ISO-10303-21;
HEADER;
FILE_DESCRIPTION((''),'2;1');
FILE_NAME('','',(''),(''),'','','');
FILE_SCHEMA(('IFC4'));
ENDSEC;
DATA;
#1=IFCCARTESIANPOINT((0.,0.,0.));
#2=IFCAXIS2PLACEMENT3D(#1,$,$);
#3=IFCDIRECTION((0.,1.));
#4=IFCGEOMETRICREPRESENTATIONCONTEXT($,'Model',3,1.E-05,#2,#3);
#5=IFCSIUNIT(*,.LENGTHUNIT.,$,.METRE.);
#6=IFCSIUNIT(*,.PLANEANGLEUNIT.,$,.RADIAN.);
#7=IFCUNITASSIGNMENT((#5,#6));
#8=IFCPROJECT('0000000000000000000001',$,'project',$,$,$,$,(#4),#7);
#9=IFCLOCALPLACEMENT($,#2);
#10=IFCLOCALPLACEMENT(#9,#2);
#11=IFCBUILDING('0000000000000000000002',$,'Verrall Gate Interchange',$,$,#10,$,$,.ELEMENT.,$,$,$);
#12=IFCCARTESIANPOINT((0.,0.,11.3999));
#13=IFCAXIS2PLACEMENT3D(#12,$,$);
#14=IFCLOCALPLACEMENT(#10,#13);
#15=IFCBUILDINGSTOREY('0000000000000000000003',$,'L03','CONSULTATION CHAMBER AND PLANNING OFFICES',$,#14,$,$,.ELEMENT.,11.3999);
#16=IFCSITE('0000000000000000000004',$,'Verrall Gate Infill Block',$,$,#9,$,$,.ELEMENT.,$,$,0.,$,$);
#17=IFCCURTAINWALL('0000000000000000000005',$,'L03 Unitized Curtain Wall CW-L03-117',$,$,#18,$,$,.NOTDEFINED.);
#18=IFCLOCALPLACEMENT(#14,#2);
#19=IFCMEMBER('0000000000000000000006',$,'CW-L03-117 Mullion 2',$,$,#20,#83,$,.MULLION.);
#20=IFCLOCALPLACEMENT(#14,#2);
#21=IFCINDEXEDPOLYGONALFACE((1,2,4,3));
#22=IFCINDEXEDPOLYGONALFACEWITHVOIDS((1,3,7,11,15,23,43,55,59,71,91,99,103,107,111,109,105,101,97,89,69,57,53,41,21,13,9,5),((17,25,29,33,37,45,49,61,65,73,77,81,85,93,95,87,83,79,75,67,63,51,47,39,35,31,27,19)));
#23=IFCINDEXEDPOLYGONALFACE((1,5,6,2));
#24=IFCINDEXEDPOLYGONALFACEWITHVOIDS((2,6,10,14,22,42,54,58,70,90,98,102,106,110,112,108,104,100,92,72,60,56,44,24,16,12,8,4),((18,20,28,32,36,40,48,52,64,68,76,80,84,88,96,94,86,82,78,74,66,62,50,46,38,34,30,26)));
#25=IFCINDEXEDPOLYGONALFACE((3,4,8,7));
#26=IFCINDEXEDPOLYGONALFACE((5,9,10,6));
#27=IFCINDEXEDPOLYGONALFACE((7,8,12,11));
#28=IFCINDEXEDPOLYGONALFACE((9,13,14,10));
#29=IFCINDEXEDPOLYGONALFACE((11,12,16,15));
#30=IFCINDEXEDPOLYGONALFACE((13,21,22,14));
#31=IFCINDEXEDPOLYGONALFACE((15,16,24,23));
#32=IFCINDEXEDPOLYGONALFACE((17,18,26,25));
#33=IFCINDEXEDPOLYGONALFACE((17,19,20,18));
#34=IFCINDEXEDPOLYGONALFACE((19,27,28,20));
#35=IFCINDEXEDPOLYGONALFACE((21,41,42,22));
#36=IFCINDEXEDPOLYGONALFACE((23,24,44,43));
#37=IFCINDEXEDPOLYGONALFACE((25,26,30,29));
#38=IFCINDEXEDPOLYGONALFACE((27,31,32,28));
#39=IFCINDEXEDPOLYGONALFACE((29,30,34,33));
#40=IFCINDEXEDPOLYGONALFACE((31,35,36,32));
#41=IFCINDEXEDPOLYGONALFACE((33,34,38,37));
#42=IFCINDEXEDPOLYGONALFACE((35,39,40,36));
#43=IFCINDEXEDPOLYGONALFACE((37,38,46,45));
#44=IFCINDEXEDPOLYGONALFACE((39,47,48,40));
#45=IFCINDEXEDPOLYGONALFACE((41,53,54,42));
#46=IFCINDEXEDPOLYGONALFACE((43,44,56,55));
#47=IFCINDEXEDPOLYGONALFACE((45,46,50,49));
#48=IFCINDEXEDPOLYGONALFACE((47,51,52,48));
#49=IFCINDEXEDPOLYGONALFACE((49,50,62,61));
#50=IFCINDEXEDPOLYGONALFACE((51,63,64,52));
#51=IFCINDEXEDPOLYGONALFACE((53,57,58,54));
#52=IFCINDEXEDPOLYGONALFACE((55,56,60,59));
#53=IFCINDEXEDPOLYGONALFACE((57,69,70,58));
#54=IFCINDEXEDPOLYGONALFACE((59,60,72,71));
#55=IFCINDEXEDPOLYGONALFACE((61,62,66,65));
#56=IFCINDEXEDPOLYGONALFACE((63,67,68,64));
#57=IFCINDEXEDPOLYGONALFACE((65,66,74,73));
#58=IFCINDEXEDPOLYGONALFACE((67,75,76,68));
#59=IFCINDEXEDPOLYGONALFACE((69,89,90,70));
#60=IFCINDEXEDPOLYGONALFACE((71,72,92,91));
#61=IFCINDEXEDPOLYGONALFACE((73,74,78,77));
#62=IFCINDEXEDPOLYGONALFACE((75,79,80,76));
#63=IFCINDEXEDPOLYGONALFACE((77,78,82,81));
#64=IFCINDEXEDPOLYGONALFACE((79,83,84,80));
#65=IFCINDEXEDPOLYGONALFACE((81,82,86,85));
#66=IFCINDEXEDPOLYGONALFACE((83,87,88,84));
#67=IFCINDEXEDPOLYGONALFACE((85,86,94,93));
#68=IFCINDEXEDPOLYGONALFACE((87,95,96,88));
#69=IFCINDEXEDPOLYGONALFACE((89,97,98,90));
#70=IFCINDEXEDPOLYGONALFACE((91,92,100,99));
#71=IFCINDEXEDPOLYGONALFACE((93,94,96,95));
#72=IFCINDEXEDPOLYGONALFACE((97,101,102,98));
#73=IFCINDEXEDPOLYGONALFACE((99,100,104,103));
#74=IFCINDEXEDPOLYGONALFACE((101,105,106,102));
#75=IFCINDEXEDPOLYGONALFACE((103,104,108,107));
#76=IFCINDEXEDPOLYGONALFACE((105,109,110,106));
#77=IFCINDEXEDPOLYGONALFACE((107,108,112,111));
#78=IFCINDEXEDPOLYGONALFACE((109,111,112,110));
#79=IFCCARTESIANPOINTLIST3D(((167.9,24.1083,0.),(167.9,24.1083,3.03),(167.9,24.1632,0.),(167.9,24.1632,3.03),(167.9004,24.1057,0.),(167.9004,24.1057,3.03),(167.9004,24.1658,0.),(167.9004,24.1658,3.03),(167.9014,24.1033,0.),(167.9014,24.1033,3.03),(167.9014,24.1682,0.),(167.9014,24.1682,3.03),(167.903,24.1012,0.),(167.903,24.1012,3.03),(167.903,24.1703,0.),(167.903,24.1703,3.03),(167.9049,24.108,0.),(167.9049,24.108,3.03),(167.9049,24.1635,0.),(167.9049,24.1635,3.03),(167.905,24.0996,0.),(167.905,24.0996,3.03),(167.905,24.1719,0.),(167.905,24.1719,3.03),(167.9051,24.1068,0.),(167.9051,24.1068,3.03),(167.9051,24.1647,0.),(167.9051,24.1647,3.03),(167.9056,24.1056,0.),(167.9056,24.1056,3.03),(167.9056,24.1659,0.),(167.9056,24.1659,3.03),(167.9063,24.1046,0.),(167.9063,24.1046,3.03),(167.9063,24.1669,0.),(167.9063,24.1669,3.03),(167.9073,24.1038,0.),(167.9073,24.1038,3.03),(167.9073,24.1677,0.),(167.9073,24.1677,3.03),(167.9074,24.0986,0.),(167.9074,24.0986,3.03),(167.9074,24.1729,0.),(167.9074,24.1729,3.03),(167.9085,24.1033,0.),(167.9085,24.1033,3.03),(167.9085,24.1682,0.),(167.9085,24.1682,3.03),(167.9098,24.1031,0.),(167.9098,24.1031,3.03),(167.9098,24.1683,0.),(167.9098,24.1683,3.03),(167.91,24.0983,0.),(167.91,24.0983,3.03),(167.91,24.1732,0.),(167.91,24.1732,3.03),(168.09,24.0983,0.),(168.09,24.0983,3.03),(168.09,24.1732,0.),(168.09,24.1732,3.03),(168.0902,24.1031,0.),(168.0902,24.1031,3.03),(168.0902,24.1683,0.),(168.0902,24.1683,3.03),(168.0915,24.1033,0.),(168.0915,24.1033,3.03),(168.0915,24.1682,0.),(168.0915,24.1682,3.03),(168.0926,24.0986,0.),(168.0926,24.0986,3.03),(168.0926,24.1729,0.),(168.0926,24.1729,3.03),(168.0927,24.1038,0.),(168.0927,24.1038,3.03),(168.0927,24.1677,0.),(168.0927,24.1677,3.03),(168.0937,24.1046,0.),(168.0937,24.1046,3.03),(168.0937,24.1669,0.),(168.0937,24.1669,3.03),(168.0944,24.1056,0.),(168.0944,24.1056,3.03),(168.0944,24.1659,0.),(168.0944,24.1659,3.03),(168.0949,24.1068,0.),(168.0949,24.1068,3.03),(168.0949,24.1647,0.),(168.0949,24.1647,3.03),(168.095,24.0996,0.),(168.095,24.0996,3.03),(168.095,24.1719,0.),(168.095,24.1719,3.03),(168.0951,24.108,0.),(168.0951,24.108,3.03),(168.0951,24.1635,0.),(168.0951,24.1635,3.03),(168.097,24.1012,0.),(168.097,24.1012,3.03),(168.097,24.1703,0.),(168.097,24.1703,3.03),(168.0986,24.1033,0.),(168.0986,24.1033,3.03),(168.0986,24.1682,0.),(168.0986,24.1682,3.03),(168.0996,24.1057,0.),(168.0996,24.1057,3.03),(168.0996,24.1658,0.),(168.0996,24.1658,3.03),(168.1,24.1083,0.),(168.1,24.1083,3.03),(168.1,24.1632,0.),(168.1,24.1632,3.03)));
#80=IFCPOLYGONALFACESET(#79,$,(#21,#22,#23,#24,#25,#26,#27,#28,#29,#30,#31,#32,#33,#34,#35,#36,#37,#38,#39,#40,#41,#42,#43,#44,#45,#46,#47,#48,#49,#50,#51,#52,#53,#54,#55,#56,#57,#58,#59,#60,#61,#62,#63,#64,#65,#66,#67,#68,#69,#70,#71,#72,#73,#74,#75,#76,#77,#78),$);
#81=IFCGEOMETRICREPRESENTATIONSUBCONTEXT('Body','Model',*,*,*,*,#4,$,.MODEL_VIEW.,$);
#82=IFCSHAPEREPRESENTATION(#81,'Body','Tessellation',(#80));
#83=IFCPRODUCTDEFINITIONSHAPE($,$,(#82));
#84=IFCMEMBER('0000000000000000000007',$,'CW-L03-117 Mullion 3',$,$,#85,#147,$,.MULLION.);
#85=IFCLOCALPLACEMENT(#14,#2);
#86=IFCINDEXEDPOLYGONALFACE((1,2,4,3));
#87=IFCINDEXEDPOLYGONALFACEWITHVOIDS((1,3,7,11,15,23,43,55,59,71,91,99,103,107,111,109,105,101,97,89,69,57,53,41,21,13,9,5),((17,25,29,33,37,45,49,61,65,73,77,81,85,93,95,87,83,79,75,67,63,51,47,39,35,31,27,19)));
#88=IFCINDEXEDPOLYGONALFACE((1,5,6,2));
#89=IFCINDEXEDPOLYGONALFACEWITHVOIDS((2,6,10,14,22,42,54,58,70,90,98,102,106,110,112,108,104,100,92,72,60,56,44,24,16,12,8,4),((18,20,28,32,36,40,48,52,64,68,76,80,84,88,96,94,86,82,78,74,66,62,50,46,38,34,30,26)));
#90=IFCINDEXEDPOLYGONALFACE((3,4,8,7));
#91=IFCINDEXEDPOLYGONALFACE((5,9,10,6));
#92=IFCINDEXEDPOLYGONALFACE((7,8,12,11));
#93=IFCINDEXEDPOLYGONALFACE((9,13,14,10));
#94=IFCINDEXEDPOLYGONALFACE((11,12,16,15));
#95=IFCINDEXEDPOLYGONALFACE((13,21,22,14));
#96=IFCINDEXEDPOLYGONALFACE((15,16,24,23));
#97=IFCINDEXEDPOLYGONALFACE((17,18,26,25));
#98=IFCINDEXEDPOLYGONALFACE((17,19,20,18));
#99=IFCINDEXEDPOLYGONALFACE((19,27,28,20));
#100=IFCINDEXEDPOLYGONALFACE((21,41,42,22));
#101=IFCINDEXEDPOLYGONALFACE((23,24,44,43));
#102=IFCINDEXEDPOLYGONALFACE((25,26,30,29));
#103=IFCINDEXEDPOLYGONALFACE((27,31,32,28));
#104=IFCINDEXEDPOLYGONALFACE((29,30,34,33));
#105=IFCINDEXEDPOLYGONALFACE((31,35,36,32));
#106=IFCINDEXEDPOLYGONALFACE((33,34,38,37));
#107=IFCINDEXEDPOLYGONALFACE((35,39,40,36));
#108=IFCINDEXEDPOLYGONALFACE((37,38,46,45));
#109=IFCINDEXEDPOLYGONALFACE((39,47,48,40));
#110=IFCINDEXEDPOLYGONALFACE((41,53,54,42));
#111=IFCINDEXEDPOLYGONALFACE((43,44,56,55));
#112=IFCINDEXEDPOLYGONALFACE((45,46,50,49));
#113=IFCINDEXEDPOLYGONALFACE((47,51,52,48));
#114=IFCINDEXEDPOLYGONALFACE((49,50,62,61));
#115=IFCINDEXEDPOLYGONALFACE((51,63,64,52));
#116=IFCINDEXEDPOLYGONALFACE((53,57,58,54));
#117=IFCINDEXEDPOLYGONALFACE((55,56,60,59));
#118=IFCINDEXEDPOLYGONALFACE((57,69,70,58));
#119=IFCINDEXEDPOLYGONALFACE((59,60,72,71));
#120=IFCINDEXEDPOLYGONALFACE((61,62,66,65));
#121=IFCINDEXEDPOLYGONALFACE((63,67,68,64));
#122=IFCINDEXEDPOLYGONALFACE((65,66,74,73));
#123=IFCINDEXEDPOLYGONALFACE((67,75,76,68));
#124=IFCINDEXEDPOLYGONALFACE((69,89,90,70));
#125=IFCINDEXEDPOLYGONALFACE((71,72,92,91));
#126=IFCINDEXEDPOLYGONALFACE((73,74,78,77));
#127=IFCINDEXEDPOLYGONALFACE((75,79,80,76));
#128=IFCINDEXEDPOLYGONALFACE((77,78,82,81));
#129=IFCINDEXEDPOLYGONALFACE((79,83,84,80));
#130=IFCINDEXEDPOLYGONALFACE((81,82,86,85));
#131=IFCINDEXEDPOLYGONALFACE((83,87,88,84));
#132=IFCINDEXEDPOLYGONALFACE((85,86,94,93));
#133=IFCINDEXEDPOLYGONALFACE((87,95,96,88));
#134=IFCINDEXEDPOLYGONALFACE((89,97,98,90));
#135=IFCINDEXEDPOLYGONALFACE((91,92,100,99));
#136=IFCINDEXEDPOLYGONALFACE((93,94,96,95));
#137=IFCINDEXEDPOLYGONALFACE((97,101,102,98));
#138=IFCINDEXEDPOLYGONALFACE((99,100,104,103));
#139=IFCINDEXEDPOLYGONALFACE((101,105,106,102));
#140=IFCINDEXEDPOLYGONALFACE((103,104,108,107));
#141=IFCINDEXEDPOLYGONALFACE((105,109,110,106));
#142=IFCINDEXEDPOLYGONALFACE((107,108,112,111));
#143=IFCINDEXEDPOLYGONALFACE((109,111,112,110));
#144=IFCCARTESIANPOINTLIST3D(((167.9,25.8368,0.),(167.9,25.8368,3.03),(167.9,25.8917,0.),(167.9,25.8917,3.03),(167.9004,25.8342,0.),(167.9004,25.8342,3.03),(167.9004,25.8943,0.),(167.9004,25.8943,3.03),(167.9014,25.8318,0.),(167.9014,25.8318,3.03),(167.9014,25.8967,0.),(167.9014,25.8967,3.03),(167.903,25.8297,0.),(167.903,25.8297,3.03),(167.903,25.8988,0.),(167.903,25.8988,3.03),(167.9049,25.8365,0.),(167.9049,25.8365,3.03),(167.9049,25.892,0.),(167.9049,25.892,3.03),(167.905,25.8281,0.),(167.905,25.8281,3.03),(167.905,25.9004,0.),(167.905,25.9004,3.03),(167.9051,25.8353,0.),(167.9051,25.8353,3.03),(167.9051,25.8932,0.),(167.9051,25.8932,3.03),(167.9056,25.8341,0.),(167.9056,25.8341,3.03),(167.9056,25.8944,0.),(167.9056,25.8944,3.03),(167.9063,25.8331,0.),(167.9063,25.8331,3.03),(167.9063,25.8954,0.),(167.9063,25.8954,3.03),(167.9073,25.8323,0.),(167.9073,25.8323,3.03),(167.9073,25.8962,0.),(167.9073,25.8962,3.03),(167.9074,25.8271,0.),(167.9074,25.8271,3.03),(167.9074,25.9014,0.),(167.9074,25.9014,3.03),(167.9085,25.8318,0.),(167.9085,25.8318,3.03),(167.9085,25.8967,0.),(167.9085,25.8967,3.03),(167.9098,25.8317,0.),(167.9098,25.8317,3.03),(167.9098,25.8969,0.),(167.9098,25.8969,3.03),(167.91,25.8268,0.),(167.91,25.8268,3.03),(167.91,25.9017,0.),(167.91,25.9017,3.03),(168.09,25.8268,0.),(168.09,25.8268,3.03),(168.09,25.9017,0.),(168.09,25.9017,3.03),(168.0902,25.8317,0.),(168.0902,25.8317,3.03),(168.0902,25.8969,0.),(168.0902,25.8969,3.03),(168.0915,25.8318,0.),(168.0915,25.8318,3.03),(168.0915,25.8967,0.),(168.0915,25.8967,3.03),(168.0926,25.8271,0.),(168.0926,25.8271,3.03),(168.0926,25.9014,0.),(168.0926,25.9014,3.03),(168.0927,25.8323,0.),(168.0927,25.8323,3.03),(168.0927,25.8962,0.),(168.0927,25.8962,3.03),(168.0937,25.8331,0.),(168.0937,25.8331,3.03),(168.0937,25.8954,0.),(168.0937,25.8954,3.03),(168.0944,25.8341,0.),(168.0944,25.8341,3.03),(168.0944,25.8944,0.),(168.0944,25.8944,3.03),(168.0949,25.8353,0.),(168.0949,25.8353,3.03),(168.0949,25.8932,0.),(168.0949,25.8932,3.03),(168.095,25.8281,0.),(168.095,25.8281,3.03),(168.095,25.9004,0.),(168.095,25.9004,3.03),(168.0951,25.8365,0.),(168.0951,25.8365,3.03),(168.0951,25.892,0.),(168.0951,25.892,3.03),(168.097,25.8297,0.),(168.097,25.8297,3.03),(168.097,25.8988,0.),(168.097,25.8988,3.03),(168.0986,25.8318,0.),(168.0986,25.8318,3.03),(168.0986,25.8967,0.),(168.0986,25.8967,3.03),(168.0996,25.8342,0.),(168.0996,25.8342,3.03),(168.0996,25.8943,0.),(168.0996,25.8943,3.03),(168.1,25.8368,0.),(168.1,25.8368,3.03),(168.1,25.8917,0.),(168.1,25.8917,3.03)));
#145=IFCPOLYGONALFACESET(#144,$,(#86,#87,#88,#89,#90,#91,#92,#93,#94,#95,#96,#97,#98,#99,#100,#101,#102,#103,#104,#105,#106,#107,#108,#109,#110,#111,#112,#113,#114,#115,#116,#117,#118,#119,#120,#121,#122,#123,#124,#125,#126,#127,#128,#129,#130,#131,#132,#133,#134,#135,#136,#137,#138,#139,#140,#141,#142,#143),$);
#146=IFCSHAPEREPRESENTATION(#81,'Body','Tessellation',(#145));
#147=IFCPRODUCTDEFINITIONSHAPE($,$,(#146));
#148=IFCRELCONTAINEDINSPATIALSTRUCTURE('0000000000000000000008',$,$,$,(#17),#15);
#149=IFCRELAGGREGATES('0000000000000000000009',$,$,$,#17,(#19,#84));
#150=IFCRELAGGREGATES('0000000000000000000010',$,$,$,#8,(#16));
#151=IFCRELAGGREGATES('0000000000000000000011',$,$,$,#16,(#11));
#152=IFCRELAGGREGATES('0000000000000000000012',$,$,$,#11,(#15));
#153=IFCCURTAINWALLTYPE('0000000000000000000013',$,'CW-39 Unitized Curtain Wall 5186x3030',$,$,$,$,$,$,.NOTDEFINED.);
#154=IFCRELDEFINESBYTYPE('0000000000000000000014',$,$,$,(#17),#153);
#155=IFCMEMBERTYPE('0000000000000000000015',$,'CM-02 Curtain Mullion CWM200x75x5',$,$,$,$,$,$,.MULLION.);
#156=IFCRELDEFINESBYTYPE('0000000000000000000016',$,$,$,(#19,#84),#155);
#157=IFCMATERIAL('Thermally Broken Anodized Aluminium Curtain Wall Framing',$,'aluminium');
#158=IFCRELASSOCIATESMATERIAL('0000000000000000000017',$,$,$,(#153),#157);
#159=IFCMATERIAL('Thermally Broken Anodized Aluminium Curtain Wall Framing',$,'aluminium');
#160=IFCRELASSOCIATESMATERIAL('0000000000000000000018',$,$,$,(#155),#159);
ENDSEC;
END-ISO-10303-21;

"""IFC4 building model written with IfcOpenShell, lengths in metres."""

from ifc_helpers import new_model, si_unit, direction, frame, origin, origin_2d, place, context, subcontext, project, spatial, hollow_rectangle, extrude, material, material_profile, profile_set, type_object, element, aggregate, save


model = new_model("IFC4")

# Units and contexts
model_context = context("Model", 3, precision=1e-05, world=origin(), true_north=direction((0.0, 1.0)))
body_context = subcontext(model_context, "Body", "Model", "MODEL_VIEW")
ifc_project = project(units=[si_unit("LENGTHUNIT", "METRE"), si_unit("PLANEANGLEUNIT", "RADIAN")], contexts=[model_context])

# Site, building, storey
site_placement = place(None, origin())
site = spatial("IfcSite", under=ifc_project, at=site_placement, Name="Verrall Gate Infill Block", CompositionType="ELEMENT", RefElevation=0.0)
building_placement = place(site_placement, origin())
building = spatial("IfcBuilding", under=site, at=building_placement, Name="Verrall Gate Interchange", CompositionType="ELEMENT")
storey_placement = place(building_placement, frame((0.0, 0.0, 11.3999)))
storey = spatial("IfcBuildingStorey", under=building, at=storey_placement, Name="L03", Description="CONSULTATION CHAMBER AND PLANNING OFFICES", CompositionType="ELEMENT", Elevation=11.3999)

# Curtain wall, members
ifc_material_1 = material(Name="Thermally Broken Anodized Aluminium Curtain Wall Framing", Category="aluminium")
curtain_wall_type = type_object("IfcCurtainWallType", Name="CW-39 Unitized Curtain Wall 5186x3030", PredefinedType="NOTDEFINED", material=ifc_material_1)
curtain_wall_placement = place(storey_placement, origin())
curtain_wall = element("IfcCurtainWall", 1, at=curtain_wall_placement, inside=storey, type_object=curtain_wall_type, Name="L03 Unitized Curtain Wall CW-L03-117", PredefinedType="NOTDEFINED")
ifc_material_2 = material(Name="Thermally Broken Anodized Aluminium Curtain Wall Framing", Category="aluminium")
ifc_material_profile_1 = material_profile(ifc_material_2, hollow_rectangle(XDim=0.075, YDim=0.2, WallThickness=0.0049, InnerFilletRadius=0.0049, OuterFilletRadius=0.01, at=origin_2d()), Name="CWM200x75x5")
ifc_profile_set_1 = profile_set([ifc_material_profile_1], Name="Thermally Broken Anodized Aluminium Curtain Wall Framing")
member_type_1 = type_object("IfcMemberType", Name="CM-02 Curtain Mullion CWM200x75x5", PredefinedType="MULLION", material=ifc_profile_set_1)
member_1_placement = place(storey_placement, frame((168.0, 24.1357, 0.0), z_axis=(0.0, 0.0, 1.0), x_axis=(0.0, 1.0, 0.0)))
member_1 = element("IfcMember", 2, at=member_1_placement, type_object=member_type_1, Name="CW-L03-117 Mullion 2", PredefinedType="MULLION", context=body_context, shape_type="SweptSolid", body=[
    extrude(hollow_rectangle(XDim=0.075, YDim=0.2, WallThickness=0.0049, InnerFilletRadius=0.0049, OuterFilletRadius=0.01, at=origin_2d()), origin(), (0.0, 0.0, 1.0), 3.03),
])
member_2_placement = place(storey_placement, frame((168.0, 25.8643, 0.0), z_axis=(0.0, 0.0, 1.0), x_axis=(0.0, 1.0, 0.0)))
member_2 = element("IfcMember", 3, at=member_2_placement, type_object=member_type_1, Name="CW-L03-117 Mullion 3", PredefinedType="MULLION", context=body_context, shape_type="SweptSolid", body=[
    extrude(hollow_rectangle(XDim=0.075, YDim=0.2, WallThickness=0.0049, InnerFilletRadius=0.0049, OuterFilletRadius=0.01, at=origin_2d()), origin(), (0.0, 0.0, 1.0), 3.03),
])

aggregate(curtain_wall, [member_1, member_2])

save(model, "model.ifc")
